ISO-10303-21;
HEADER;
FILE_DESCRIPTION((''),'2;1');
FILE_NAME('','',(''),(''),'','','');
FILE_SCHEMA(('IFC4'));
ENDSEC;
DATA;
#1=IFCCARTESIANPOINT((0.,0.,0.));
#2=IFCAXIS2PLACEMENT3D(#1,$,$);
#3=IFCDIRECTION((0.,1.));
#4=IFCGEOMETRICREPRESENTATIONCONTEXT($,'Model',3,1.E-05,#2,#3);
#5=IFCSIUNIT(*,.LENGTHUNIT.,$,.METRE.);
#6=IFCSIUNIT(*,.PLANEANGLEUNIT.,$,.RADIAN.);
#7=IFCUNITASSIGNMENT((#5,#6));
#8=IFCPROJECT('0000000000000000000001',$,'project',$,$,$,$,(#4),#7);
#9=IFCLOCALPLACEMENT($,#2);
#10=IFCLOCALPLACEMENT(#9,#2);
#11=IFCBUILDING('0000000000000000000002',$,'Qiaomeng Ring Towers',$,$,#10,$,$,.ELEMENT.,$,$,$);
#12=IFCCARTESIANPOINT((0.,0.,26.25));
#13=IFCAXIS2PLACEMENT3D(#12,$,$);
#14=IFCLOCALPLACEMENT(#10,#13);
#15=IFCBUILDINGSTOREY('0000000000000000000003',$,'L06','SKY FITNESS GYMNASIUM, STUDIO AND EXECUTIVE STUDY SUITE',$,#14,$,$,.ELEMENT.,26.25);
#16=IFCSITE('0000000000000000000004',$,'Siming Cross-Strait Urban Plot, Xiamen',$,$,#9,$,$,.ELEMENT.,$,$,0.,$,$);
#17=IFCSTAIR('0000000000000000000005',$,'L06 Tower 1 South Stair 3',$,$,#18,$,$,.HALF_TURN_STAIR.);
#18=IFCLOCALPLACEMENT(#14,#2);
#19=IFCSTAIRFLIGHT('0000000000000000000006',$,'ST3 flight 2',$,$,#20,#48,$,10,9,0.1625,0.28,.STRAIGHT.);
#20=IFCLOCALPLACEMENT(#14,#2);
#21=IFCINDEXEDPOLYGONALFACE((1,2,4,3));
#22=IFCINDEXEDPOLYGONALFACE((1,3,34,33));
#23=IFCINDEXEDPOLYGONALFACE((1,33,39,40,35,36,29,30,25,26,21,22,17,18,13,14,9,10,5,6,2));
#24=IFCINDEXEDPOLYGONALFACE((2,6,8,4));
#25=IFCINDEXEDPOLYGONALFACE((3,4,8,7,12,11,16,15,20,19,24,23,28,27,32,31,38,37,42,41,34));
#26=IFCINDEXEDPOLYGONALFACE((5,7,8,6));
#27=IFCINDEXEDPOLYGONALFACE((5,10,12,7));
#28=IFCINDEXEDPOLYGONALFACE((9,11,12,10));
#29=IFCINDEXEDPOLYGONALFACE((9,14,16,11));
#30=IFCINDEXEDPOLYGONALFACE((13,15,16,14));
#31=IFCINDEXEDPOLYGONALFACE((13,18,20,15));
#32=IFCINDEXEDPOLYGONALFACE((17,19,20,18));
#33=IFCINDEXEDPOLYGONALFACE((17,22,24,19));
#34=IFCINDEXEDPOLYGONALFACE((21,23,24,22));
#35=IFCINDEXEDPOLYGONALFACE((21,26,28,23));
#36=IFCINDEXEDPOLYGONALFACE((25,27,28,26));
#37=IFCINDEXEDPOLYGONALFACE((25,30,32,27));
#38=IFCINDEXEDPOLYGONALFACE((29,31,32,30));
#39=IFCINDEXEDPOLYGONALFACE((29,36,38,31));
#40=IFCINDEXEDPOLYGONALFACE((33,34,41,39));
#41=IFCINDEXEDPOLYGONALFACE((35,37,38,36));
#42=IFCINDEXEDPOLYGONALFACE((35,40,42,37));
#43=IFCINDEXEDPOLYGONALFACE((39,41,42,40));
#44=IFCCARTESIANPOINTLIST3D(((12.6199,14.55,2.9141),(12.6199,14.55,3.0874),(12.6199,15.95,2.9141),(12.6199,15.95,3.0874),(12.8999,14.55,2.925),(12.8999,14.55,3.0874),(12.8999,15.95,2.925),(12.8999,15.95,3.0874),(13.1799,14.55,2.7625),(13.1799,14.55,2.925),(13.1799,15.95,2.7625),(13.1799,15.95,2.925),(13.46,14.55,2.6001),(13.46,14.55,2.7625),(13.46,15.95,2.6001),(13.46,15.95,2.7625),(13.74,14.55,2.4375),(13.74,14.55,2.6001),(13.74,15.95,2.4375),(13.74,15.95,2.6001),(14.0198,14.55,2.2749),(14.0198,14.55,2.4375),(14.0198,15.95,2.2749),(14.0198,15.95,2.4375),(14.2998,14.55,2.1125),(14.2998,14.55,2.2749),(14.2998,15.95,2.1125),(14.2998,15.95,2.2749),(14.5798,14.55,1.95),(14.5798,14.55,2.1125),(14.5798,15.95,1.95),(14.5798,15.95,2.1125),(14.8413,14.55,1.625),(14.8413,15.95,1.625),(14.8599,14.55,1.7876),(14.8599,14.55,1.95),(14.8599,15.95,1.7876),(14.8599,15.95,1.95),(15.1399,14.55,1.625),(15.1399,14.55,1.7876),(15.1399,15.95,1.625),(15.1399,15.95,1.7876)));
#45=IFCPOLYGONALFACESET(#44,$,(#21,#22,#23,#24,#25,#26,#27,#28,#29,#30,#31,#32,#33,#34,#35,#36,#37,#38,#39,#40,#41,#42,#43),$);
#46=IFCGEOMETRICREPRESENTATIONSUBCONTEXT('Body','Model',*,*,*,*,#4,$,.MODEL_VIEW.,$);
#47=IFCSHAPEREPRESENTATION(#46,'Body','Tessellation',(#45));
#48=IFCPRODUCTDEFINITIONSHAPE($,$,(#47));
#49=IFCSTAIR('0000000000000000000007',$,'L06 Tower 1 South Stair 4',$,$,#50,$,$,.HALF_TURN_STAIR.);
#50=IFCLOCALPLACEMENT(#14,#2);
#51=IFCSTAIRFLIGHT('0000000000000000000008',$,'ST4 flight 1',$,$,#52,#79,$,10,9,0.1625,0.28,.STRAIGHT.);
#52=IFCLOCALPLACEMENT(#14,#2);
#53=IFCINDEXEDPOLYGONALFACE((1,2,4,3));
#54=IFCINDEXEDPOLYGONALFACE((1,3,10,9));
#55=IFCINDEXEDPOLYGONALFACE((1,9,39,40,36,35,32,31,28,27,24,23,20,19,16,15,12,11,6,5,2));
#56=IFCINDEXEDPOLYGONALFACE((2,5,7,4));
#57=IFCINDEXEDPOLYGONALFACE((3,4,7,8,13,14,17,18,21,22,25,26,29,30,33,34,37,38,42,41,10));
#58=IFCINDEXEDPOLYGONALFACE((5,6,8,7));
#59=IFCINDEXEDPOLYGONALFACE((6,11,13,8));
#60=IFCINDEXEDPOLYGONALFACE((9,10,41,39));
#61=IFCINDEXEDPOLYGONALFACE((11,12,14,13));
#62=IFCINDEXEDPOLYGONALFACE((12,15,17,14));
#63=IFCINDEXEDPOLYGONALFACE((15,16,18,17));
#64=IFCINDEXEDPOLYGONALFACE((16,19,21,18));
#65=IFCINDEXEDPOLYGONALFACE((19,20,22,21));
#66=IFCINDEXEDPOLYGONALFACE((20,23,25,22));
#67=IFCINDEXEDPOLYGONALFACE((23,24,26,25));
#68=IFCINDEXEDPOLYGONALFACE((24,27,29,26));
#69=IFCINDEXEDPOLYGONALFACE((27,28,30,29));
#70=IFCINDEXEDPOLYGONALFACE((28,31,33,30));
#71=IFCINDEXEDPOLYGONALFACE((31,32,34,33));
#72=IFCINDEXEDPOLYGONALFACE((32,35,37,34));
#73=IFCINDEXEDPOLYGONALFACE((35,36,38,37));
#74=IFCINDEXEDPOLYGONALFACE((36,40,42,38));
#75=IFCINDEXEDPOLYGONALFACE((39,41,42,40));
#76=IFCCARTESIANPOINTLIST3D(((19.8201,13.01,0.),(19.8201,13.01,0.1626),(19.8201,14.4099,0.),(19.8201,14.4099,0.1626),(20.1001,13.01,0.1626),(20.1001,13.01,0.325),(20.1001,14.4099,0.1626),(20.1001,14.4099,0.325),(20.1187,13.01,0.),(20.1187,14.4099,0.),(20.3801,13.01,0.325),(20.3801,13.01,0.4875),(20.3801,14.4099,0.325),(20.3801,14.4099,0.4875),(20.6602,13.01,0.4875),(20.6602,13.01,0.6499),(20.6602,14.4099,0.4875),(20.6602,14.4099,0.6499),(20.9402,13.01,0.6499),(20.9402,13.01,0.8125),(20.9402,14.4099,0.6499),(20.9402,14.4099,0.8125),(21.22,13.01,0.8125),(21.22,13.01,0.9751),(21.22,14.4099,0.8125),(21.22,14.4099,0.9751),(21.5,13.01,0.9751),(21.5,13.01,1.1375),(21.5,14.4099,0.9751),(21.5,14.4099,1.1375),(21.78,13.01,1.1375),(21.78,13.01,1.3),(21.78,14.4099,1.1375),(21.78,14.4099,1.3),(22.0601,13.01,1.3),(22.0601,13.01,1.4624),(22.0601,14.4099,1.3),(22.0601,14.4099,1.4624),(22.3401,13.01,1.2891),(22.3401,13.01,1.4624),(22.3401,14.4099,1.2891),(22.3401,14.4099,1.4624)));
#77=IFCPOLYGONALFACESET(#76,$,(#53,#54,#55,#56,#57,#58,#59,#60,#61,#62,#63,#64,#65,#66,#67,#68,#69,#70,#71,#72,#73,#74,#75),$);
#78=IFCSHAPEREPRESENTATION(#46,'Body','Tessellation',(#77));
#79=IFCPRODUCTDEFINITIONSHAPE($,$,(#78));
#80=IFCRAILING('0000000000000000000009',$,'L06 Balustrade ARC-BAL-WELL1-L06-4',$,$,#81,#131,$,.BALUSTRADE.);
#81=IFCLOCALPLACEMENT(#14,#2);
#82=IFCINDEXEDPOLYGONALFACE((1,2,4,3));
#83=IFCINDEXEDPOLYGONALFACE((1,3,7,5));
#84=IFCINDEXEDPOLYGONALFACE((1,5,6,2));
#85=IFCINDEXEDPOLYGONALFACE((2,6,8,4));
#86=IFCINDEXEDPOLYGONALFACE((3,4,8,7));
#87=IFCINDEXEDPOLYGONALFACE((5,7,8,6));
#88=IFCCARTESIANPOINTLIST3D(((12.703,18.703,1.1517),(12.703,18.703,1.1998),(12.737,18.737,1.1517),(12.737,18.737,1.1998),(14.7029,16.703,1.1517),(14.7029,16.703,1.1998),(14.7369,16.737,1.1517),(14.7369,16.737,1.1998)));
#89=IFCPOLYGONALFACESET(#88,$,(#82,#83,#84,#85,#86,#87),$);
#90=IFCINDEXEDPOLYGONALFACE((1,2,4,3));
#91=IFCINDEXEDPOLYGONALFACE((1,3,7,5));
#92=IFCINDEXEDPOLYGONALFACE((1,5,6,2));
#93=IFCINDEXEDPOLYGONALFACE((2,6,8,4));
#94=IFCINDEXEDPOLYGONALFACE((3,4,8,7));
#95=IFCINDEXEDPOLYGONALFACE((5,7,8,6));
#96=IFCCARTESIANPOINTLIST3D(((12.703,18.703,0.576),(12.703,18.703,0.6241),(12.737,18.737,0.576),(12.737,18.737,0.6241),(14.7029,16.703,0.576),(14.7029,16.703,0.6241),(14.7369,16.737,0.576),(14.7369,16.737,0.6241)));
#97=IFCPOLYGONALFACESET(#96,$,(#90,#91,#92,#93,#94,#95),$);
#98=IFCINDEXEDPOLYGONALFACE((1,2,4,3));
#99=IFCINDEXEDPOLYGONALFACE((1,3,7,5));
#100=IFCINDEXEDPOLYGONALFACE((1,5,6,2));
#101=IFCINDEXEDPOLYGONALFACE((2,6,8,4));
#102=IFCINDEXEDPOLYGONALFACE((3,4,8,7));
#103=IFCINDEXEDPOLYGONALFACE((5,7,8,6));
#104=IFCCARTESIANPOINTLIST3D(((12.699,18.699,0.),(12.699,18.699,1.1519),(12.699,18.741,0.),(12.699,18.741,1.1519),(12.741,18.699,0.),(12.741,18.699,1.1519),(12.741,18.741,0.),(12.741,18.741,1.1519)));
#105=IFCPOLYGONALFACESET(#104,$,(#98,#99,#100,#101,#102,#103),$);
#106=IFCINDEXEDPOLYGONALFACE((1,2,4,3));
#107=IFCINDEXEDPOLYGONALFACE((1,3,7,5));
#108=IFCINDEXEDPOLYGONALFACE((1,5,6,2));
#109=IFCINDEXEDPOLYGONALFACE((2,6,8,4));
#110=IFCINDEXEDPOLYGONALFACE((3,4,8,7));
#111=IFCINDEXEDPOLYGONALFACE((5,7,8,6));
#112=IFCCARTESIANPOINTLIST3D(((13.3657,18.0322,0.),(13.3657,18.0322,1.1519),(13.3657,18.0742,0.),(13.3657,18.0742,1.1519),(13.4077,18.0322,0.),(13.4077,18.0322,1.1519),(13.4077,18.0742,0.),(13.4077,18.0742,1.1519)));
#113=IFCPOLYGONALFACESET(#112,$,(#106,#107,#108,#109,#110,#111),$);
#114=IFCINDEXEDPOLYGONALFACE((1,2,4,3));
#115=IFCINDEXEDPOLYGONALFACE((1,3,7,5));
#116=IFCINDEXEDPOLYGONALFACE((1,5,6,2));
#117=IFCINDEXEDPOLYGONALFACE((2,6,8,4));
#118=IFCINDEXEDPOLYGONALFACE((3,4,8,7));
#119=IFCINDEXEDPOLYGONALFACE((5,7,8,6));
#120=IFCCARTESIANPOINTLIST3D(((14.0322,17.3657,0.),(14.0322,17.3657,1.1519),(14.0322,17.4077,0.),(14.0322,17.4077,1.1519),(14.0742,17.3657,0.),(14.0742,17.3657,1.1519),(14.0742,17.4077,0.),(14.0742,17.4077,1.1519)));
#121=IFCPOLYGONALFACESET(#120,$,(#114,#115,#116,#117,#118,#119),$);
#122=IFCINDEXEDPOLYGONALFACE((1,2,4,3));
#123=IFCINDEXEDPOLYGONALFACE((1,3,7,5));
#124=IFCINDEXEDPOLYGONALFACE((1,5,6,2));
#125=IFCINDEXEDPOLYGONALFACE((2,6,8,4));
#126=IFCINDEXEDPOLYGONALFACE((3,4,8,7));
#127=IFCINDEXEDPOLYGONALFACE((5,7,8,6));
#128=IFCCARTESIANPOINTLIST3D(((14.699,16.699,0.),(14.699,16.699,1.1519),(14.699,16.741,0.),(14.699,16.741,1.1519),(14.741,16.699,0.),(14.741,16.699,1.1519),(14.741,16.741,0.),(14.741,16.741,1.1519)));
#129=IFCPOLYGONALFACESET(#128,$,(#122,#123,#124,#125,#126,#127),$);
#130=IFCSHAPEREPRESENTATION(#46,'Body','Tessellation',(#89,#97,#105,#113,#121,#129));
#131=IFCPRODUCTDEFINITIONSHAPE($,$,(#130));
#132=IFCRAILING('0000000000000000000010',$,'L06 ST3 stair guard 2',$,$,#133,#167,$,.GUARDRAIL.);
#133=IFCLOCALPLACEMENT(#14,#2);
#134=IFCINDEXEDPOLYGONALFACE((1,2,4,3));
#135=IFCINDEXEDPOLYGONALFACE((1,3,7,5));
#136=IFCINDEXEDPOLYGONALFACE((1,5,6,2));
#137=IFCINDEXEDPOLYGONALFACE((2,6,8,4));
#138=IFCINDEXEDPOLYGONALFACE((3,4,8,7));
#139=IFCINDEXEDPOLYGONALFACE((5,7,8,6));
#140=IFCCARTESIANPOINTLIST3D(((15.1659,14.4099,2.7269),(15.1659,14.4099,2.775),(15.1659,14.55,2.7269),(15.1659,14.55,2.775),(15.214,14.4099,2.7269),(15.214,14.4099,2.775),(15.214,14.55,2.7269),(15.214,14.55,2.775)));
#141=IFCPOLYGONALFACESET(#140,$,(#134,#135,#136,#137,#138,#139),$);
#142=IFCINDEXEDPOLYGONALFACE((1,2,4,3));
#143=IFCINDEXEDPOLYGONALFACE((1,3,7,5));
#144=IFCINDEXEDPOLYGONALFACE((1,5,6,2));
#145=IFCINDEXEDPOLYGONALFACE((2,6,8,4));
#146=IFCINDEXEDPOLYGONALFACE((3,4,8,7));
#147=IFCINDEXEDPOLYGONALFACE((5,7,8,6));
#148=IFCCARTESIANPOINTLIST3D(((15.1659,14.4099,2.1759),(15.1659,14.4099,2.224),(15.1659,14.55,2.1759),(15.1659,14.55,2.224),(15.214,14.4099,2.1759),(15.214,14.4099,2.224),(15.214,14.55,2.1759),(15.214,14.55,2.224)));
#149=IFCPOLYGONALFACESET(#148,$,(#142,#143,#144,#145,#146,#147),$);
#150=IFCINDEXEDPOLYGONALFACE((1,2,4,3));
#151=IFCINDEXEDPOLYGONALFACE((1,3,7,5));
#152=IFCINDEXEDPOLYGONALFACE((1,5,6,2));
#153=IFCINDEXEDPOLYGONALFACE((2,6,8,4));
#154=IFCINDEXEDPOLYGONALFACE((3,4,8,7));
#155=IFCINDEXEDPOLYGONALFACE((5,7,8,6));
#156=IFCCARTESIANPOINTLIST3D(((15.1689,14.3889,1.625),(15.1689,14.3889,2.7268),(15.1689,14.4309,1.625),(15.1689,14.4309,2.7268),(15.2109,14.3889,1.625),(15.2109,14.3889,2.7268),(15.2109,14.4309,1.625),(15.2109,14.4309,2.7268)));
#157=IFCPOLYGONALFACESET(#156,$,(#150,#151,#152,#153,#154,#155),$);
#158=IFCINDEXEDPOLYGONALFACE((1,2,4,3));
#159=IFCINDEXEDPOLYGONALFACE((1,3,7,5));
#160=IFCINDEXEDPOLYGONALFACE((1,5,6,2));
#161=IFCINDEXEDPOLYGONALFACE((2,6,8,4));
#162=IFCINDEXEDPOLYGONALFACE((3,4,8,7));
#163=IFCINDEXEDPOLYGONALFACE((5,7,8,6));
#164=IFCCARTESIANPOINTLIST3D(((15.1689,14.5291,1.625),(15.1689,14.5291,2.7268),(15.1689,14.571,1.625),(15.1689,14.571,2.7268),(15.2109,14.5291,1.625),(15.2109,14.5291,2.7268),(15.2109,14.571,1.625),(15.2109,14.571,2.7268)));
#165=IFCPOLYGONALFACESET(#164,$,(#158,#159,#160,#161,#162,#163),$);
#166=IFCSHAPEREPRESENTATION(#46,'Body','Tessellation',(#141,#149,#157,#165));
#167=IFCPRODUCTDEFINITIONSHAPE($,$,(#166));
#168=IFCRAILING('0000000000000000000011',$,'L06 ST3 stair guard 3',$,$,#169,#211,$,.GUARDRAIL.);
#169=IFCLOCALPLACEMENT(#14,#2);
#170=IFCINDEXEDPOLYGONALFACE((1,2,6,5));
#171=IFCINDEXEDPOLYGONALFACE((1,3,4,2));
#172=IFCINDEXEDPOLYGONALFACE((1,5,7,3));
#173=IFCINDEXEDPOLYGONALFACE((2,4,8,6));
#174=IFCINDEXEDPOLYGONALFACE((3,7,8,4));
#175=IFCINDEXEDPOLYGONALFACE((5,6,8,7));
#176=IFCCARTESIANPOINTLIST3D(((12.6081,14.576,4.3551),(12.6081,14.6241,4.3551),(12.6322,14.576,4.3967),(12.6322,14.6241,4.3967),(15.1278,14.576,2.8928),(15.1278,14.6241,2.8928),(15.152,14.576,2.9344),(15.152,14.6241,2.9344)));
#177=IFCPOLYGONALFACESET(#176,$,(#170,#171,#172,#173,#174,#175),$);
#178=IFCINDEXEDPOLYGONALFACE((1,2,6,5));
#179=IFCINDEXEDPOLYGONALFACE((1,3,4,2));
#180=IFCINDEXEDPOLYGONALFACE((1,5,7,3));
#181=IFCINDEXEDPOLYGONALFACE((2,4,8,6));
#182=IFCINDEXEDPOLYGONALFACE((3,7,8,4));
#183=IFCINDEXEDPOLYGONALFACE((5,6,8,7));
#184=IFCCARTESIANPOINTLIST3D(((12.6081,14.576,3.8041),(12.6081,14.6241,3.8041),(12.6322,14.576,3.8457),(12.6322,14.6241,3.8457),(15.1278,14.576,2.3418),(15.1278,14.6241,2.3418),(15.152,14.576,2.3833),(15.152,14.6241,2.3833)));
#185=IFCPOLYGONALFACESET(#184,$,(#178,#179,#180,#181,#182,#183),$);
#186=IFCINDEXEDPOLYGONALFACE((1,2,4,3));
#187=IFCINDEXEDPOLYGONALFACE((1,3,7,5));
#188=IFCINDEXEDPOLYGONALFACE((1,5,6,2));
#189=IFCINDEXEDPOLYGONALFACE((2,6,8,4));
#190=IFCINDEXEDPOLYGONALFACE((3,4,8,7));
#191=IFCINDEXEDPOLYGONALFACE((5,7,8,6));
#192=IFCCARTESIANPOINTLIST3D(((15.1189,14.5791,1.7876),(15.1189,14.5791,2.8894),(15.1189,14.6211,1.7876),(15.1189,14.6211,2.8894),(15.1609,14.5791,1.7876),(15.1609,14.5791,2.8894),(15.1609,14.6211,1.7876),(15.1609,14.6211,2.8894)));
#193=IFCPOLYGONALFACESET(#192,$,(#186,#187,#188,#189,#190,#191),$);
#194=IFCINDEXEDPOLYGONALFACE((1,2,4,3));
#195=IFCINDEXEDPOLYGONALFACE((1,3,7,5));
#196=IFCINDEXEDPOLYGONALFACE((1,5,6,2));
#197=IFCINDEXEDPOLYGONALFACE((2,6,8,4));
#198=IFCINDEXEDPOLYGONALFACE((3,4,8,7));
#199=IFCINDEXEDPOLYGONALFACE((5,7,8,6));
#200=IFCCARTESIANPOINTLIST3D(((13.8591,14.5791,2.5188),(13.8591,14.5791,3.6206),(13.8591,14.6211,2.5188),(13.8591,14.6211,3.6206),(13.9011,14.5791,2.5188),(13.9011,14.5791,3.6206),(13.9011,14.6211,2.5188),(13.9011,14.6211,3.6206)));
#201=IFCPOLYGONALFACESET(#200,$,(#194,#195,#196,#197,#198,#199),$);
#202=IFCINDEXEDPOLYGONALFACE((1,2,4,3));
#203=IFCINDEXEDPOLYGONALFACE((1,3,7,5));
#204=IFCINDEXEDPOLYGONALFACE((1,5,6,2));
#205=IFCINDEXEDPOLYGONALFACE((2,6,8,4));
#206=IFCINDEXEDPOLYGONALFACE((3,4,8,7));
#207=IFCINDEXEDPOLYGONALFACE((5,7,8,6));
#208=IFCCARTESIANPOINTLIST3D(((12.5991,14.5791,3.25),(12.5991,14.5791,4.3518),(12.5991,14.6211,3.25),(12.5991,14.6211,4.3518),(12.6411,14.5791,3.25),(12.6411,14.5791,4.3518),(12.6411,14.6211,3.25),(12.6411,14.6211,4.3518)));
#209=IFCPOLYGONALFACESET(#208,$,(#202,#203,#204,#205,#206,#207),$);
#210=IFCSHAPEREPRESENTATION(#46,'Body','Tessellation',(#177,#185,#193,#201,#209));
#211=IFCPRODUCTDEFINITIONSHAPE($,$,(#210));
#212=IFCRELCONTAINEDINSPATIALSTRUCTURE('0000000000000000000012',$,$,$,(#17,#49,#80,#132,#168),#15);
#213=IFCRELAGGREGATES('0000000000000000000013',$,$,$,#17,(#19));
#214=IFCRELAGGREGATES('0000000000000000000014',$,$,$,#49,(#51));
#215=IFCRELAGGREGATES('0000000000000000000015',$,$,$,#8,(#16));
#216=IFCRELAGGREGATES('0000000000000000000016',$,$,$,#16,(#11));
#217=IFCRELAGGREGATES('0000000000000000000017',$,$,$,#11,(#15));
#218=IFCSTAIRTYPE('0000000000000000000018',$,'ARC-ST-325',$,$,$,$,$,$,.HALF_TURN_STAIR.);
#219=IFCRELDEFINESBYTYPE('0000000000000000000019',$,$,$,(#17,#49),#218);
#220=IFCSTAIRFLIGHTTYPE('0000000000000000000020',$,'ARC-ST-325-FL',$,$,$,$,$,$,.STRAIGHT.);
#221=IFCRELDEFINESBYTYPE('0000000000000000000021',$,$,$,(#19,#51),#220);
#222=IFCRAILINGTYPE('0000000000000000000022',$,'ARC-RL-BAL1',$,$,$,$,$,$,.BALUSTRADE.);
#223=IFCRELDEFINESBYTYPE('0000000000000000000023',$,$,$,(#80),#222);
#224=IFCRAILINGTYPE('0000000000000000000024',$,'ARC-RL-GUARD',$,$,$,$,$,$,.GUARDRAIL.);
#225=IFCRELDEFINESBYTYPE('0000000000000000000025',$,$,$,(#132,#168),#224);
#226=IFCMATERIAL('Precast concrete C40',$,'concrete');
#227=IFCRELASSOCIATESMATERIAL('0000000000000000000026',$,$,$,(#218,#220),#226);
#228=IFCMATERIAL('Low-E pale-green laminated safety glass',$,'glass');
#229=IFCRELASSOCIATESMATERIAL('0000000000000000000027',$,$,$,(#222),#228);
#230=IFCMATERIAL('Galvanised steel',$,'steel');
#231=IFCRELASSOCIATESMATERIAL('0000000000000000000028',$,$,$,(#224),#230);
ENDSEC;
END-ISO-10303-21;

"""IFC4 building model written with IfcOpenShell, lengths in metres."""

from ifc_helpers import new_model, si_unit, direction, frame, origin, origin_2d, place, context, subcontext, project, spatial, polyline, rectangle, outline, extrude, source, transform, mapped, material, type_object, element, aggregate, save


model = new_model("IFC4")

# Units and contexts
model_context = context("Model", 3, precision=1e-05, world=origin(), true_north=direction((0.0, 1.0)))
body_context = subcontext(model_context, "Body", "Model", "MODEL_VIEW")
ifc_project = project(units=[si_unit("LENGTHUNIT", "METRE"), si_unit("PLANEANGLEUNIT", "RADIAN")], contexts=[model_context])

# Site, building, storey
site_placement = place(None, origin())
site = spatial("IfcSite", under=ifc_project, at=site_placement, Name="Siming Cross-Strait Urban Plot, Xiamen", CompositionType="ELEMENT", RefElevation=0.0)
building_placement = place(site_placement, origin())
building = spatial("IfcBuilding", under=site, at=building_placement, Name="Qiaomeng Ring Towers", CompositionType="ELEMENT")
storey_placement = place(building_placement, frame((0.0, 0.0, 26.25)))
storey = spatial("IfcBuildingStorey", under=building, at=storey_placement, Name="L06", Description="SKY FITNESS GYMNASIUM, STUDIO AND EXECUTIVE STUDY SUITE", CompositionType="ELEMENT", Elevation=26.25)

# Shared definitions
ifc_material_1 = material(Name="Galvanised steel", Category="steel")

# Stairs, stair flights
ifc_material_2 = material(Name="Precast concrete C40", Category="concrete")
stair_type = type_object("IfcStairType", Name="ARC-ST-325", PredefinedType="HALF_TURN_STAIR", material=ifc_material_2)
stair_1_placement = place(storey_placement, origin())
stair_1 = element("IfcStair", 1, at=stair_1_placement, inside=storey, type_object=stair_type, Name="L06 Tower 1 South Stair 3", PredefinedType="HALF_TURN_STAIR")
stair_flight_type = type_object("IfcStairFlightType", Name="ARC-ST-325-FL", PredefinedType="STRAIGHT", material=ifc_material_2)
shared_shape_1 = source(origin(), body_context, "Body", "SweptSolid", [
    extrude(outline(polyline([(0.0, 0.0), (0.0, 0.1626), (0.28, 0.1626), (0.28, 0.325), (0.5601, 0.325), (0.5601, 0.4875), (0.8401, 0.4875), (0.8401, 0.6499), (1.1201, 0.6499), (1.1201, 0.8125), (1.3999, 0.8125), (1.3999, 0.9751), (1.6799, 0.9751), (1.6799, 1.1375), (1.96, 1.1375), (1.96, 1.3), (2.24, 1.3), (2.24, 1.4624), (2.52, 1.4624), (2.52, 1.625), (2.52, 1.2891), (0.2986, 0.0), (0.0, 0.0)])), frame((0.0, 0.7, 0.0), z_axis=(0.0, -1.0, 0.0), x_axis=(1.0, 0.0, 0.0)), (0.0, 0.0, 1.0), 1.3999),
])
stair_flight_1_placement = place(storey_placement, frame((15.1399, 15.25, 1.625), z_axis=(0.0, 0.0, 1.0), x_axis=(-1.0, 0.0, 0.0)))
stair_flight_1 = element("IfcStairFlight", 2, at=stair_flight_1_placement, type_object=stair_flight_type, Name="ST3 flight 2", NumberOfRisers=10, NumberOfTreads=9, PredefinedType="STRAIGHT", RiserHeight=0.1625, TreadLength=0.28, context=body_context, shape_type="MappedRepresentation", body=[
    mapped(shared_shape_1, transform((0.0, 0.0, 0.0), x_axis=(1.0, 0.0, 0.0), y_axis=(0.0, 1.0, 0.0), z_axis=(0.0, 0.0, 1.0), scale=1.0)),
])
aggregate(stair_1, [stair_flight_1])
stair_2_placement = place(storey_placement, origin())
stair_2 = element("IfcStair", 3, at=stair_2_placement, inside=storey, type_object=stair_type, Name="L06 Tower 1 South Stair 4", PredefinedType="HALF_TURN_STAIR")
stair_flight_2_placement = place(storey_placement, frame((19.8201, 13.71, 0.0), z_axis=(0.0, 0.0, 1.0), x_axis=(1.0, 0.0, 0.0)))
stair_flight_2 = element("IfcStairFlight", 4, at=stair_flight_2_placement, type_object=stair_flight_type, Name="ST4 flight 1", NumberOfRisers=10, NumberOfTreads=9, PredefinedType="STRAIGHT", RiserHeight=0.1625, TreadLength=0.28, context=body_context, shape_type="MappedRepresentation", body=[
    mapped(shared_shape_1, transform((0.0, 0.0, 0.0), x_axis=(1.0, 0.0, 0.0), y_axis=(0.0, 1.0, 0.0), z_axis=(0.0, 0.0, 1.0), scale=1.0)),
])
aggregate(stair_2, [stair_flight_2])

# Railings
ifc_material_3 = material(Name="Low-E pale-green laminated safety glass", Category="glass")
railing_type_1 = type_object("IfcRailingType", Name="ARC-RL-BAL1", PredefinedType="BALUSTRADE", material=ifc_material_3)
railing_1_placement = place(storey_placement, frame((12.72, 18.72, 0.0)))
element("IfcRailing", 5, at=railing_1_placement, inside=storey, type_object=railing_type_1, Name="L06 Balustrade ARC-BAL-WELL1-L06-4", PredefinedType="BALUSTRADE", context=body_context, shape_type="SweptSolid", body=[
    extrude(rectangle(XDim=0.0481, YDim=0.0481, at=origin_2d()), frame((0.0, 0.0, 1.1758), z_axis=(0.707107, -0.707107, 0.0), x_axis=(0.707107, 0.707107, 0.0)), (0.0, 0.0, 1.0), 2.8284),
    extrude(rectangle(XDim=0.0481, YDim=0.0481, at=origin_2d()), frame((0.0, 0.0, 0.6001), z_axis=(0.707107, -0.707107, 0.0), x_axis=(0.707107, 0.707107, 0.0)), (0.0, 0.0, 1.0), 2.8284),
    extrude(rectangle(XDim=0.042, YDim=0.042, at=origin_2d()), origin(), (0.0, 0.0, 1.0), 1.1519),
    extrude(rectangle(XDim=0.042, YDim=0.042, at=origin_2d()), frame((0.6667, -0.6667, 0.0)), (0.0, 0.0, 1.0), 1.1519),
    extrude(rectangle(XDim=0.042, YDim=0.042, at=origin_2d()), frame((1.3333, -1.3333, 0.0)), (0.0, 0.0, 1.0), 1.1519),
    extrude(rectangle(XDim=0.042, YDim=0.042, at=origin_2d()), frame((2.0, -2.0, 0.0)), (0.0, 0.0, 1.0), 1.1519),
])
railing_type_2 = type_object("IfcRailingType", Name="ARC-RL-GUARD", PredefinedType="GUARDRAIL", material=ifc_material_1)
railing_2_placement = place(storey_placement, frame((15.1899, 14.4099, 1.625)))
element("IfcRailing", 6, at=railing_2_placement, inside=storey, type_object=railing_type_2, Name="L06 ST3 stair guard 2", PredefinedType="GUARDRAIL", context=body_context, shape_type="SweptSolid", body=[
    extrude(rectangle(XDim=0.0481, YDim=0.0481, at=origin_2d()), frame((0.0, 0.0, 1.126), z_axis=(0.0, 1.0, 0.0), x_axis=(-1.0, 0.0, 0.0)), (0.0, 0.0, 1.0), 0.1401),
    extrude(rectangle(XDim=0.0481, YDim=0.0481, at=origin_2d()), frame((0.0, 0.0, 0.575), z_axis=(0.0, 1.0, 0.0), x_axis=(-1.0, 0.0, 0.0)), (0.0, 0.0, 1.0), 0.1401),
    extrude(rectangle(XDim=0.042, YDim=0.042, at=origin_2d()), origin(), (0.0, 0.0, 1.0), 1.1018),
    extrude(rectangle(XDim=0.042, YDim=0.042, at=origin_2d()), frame((0.0, 0.1401, 0.0)), (0.0, 0.0, 1.0), 1.1018),
])
railing_3_placement = place(storey_placement, frame((15.1399, 14.6001, 1.7876)))
element("IfcRailing", 7, at=railing_3_placement, inside=storey, type_object=railing_type_2, Name="L06 ST3 stair guard 3", PredefinedType="GUARDRAIL", context=body_context, shape_type="SweptSolid", body=[
    extrude(rectangle(XDim=0.0481, YDim=0.0481, at=origin_2d()), frame((0.0, 0.0, 1.126), z_axis=(-0.864892, 0.0, 0.501958), x_axis=(0.0, -1.0, 0.0)), (0.0, 0.0, 1.0), 2.9133),
    extrude(rectangle(XDim=0.0481, YDim=0.0481, at=origin_2d()), frame((0.0, 0.0, 0.575), z_axis=(-0.864892, 0.0, 0.501958), x_axis=(0.0, -1.0, 0.0)), (0.0, 0.0, 1.0), 2.9133),
    extrude(rectangle(XDim=0.042, YDim=0.042, at=origin_2d()), origin(), (0.0, 0.0, 1.0), 1.1018),
    extrude(rectangle(XDim=0.042, YDim=0.042, at=origin_2d()), frame((-1.2598, 0.0, 0.7312)), (0.0, 0.0, 1.0), 1.1018),
    extrude(rectangle(XDim=0.042, YDim=0.042, at=origin_2d()), frame((-2.5198, 0.0, 1.4624)), (0.0, 0.0, 1.0), 1.1018),
])

save(model, "model.ifc")
